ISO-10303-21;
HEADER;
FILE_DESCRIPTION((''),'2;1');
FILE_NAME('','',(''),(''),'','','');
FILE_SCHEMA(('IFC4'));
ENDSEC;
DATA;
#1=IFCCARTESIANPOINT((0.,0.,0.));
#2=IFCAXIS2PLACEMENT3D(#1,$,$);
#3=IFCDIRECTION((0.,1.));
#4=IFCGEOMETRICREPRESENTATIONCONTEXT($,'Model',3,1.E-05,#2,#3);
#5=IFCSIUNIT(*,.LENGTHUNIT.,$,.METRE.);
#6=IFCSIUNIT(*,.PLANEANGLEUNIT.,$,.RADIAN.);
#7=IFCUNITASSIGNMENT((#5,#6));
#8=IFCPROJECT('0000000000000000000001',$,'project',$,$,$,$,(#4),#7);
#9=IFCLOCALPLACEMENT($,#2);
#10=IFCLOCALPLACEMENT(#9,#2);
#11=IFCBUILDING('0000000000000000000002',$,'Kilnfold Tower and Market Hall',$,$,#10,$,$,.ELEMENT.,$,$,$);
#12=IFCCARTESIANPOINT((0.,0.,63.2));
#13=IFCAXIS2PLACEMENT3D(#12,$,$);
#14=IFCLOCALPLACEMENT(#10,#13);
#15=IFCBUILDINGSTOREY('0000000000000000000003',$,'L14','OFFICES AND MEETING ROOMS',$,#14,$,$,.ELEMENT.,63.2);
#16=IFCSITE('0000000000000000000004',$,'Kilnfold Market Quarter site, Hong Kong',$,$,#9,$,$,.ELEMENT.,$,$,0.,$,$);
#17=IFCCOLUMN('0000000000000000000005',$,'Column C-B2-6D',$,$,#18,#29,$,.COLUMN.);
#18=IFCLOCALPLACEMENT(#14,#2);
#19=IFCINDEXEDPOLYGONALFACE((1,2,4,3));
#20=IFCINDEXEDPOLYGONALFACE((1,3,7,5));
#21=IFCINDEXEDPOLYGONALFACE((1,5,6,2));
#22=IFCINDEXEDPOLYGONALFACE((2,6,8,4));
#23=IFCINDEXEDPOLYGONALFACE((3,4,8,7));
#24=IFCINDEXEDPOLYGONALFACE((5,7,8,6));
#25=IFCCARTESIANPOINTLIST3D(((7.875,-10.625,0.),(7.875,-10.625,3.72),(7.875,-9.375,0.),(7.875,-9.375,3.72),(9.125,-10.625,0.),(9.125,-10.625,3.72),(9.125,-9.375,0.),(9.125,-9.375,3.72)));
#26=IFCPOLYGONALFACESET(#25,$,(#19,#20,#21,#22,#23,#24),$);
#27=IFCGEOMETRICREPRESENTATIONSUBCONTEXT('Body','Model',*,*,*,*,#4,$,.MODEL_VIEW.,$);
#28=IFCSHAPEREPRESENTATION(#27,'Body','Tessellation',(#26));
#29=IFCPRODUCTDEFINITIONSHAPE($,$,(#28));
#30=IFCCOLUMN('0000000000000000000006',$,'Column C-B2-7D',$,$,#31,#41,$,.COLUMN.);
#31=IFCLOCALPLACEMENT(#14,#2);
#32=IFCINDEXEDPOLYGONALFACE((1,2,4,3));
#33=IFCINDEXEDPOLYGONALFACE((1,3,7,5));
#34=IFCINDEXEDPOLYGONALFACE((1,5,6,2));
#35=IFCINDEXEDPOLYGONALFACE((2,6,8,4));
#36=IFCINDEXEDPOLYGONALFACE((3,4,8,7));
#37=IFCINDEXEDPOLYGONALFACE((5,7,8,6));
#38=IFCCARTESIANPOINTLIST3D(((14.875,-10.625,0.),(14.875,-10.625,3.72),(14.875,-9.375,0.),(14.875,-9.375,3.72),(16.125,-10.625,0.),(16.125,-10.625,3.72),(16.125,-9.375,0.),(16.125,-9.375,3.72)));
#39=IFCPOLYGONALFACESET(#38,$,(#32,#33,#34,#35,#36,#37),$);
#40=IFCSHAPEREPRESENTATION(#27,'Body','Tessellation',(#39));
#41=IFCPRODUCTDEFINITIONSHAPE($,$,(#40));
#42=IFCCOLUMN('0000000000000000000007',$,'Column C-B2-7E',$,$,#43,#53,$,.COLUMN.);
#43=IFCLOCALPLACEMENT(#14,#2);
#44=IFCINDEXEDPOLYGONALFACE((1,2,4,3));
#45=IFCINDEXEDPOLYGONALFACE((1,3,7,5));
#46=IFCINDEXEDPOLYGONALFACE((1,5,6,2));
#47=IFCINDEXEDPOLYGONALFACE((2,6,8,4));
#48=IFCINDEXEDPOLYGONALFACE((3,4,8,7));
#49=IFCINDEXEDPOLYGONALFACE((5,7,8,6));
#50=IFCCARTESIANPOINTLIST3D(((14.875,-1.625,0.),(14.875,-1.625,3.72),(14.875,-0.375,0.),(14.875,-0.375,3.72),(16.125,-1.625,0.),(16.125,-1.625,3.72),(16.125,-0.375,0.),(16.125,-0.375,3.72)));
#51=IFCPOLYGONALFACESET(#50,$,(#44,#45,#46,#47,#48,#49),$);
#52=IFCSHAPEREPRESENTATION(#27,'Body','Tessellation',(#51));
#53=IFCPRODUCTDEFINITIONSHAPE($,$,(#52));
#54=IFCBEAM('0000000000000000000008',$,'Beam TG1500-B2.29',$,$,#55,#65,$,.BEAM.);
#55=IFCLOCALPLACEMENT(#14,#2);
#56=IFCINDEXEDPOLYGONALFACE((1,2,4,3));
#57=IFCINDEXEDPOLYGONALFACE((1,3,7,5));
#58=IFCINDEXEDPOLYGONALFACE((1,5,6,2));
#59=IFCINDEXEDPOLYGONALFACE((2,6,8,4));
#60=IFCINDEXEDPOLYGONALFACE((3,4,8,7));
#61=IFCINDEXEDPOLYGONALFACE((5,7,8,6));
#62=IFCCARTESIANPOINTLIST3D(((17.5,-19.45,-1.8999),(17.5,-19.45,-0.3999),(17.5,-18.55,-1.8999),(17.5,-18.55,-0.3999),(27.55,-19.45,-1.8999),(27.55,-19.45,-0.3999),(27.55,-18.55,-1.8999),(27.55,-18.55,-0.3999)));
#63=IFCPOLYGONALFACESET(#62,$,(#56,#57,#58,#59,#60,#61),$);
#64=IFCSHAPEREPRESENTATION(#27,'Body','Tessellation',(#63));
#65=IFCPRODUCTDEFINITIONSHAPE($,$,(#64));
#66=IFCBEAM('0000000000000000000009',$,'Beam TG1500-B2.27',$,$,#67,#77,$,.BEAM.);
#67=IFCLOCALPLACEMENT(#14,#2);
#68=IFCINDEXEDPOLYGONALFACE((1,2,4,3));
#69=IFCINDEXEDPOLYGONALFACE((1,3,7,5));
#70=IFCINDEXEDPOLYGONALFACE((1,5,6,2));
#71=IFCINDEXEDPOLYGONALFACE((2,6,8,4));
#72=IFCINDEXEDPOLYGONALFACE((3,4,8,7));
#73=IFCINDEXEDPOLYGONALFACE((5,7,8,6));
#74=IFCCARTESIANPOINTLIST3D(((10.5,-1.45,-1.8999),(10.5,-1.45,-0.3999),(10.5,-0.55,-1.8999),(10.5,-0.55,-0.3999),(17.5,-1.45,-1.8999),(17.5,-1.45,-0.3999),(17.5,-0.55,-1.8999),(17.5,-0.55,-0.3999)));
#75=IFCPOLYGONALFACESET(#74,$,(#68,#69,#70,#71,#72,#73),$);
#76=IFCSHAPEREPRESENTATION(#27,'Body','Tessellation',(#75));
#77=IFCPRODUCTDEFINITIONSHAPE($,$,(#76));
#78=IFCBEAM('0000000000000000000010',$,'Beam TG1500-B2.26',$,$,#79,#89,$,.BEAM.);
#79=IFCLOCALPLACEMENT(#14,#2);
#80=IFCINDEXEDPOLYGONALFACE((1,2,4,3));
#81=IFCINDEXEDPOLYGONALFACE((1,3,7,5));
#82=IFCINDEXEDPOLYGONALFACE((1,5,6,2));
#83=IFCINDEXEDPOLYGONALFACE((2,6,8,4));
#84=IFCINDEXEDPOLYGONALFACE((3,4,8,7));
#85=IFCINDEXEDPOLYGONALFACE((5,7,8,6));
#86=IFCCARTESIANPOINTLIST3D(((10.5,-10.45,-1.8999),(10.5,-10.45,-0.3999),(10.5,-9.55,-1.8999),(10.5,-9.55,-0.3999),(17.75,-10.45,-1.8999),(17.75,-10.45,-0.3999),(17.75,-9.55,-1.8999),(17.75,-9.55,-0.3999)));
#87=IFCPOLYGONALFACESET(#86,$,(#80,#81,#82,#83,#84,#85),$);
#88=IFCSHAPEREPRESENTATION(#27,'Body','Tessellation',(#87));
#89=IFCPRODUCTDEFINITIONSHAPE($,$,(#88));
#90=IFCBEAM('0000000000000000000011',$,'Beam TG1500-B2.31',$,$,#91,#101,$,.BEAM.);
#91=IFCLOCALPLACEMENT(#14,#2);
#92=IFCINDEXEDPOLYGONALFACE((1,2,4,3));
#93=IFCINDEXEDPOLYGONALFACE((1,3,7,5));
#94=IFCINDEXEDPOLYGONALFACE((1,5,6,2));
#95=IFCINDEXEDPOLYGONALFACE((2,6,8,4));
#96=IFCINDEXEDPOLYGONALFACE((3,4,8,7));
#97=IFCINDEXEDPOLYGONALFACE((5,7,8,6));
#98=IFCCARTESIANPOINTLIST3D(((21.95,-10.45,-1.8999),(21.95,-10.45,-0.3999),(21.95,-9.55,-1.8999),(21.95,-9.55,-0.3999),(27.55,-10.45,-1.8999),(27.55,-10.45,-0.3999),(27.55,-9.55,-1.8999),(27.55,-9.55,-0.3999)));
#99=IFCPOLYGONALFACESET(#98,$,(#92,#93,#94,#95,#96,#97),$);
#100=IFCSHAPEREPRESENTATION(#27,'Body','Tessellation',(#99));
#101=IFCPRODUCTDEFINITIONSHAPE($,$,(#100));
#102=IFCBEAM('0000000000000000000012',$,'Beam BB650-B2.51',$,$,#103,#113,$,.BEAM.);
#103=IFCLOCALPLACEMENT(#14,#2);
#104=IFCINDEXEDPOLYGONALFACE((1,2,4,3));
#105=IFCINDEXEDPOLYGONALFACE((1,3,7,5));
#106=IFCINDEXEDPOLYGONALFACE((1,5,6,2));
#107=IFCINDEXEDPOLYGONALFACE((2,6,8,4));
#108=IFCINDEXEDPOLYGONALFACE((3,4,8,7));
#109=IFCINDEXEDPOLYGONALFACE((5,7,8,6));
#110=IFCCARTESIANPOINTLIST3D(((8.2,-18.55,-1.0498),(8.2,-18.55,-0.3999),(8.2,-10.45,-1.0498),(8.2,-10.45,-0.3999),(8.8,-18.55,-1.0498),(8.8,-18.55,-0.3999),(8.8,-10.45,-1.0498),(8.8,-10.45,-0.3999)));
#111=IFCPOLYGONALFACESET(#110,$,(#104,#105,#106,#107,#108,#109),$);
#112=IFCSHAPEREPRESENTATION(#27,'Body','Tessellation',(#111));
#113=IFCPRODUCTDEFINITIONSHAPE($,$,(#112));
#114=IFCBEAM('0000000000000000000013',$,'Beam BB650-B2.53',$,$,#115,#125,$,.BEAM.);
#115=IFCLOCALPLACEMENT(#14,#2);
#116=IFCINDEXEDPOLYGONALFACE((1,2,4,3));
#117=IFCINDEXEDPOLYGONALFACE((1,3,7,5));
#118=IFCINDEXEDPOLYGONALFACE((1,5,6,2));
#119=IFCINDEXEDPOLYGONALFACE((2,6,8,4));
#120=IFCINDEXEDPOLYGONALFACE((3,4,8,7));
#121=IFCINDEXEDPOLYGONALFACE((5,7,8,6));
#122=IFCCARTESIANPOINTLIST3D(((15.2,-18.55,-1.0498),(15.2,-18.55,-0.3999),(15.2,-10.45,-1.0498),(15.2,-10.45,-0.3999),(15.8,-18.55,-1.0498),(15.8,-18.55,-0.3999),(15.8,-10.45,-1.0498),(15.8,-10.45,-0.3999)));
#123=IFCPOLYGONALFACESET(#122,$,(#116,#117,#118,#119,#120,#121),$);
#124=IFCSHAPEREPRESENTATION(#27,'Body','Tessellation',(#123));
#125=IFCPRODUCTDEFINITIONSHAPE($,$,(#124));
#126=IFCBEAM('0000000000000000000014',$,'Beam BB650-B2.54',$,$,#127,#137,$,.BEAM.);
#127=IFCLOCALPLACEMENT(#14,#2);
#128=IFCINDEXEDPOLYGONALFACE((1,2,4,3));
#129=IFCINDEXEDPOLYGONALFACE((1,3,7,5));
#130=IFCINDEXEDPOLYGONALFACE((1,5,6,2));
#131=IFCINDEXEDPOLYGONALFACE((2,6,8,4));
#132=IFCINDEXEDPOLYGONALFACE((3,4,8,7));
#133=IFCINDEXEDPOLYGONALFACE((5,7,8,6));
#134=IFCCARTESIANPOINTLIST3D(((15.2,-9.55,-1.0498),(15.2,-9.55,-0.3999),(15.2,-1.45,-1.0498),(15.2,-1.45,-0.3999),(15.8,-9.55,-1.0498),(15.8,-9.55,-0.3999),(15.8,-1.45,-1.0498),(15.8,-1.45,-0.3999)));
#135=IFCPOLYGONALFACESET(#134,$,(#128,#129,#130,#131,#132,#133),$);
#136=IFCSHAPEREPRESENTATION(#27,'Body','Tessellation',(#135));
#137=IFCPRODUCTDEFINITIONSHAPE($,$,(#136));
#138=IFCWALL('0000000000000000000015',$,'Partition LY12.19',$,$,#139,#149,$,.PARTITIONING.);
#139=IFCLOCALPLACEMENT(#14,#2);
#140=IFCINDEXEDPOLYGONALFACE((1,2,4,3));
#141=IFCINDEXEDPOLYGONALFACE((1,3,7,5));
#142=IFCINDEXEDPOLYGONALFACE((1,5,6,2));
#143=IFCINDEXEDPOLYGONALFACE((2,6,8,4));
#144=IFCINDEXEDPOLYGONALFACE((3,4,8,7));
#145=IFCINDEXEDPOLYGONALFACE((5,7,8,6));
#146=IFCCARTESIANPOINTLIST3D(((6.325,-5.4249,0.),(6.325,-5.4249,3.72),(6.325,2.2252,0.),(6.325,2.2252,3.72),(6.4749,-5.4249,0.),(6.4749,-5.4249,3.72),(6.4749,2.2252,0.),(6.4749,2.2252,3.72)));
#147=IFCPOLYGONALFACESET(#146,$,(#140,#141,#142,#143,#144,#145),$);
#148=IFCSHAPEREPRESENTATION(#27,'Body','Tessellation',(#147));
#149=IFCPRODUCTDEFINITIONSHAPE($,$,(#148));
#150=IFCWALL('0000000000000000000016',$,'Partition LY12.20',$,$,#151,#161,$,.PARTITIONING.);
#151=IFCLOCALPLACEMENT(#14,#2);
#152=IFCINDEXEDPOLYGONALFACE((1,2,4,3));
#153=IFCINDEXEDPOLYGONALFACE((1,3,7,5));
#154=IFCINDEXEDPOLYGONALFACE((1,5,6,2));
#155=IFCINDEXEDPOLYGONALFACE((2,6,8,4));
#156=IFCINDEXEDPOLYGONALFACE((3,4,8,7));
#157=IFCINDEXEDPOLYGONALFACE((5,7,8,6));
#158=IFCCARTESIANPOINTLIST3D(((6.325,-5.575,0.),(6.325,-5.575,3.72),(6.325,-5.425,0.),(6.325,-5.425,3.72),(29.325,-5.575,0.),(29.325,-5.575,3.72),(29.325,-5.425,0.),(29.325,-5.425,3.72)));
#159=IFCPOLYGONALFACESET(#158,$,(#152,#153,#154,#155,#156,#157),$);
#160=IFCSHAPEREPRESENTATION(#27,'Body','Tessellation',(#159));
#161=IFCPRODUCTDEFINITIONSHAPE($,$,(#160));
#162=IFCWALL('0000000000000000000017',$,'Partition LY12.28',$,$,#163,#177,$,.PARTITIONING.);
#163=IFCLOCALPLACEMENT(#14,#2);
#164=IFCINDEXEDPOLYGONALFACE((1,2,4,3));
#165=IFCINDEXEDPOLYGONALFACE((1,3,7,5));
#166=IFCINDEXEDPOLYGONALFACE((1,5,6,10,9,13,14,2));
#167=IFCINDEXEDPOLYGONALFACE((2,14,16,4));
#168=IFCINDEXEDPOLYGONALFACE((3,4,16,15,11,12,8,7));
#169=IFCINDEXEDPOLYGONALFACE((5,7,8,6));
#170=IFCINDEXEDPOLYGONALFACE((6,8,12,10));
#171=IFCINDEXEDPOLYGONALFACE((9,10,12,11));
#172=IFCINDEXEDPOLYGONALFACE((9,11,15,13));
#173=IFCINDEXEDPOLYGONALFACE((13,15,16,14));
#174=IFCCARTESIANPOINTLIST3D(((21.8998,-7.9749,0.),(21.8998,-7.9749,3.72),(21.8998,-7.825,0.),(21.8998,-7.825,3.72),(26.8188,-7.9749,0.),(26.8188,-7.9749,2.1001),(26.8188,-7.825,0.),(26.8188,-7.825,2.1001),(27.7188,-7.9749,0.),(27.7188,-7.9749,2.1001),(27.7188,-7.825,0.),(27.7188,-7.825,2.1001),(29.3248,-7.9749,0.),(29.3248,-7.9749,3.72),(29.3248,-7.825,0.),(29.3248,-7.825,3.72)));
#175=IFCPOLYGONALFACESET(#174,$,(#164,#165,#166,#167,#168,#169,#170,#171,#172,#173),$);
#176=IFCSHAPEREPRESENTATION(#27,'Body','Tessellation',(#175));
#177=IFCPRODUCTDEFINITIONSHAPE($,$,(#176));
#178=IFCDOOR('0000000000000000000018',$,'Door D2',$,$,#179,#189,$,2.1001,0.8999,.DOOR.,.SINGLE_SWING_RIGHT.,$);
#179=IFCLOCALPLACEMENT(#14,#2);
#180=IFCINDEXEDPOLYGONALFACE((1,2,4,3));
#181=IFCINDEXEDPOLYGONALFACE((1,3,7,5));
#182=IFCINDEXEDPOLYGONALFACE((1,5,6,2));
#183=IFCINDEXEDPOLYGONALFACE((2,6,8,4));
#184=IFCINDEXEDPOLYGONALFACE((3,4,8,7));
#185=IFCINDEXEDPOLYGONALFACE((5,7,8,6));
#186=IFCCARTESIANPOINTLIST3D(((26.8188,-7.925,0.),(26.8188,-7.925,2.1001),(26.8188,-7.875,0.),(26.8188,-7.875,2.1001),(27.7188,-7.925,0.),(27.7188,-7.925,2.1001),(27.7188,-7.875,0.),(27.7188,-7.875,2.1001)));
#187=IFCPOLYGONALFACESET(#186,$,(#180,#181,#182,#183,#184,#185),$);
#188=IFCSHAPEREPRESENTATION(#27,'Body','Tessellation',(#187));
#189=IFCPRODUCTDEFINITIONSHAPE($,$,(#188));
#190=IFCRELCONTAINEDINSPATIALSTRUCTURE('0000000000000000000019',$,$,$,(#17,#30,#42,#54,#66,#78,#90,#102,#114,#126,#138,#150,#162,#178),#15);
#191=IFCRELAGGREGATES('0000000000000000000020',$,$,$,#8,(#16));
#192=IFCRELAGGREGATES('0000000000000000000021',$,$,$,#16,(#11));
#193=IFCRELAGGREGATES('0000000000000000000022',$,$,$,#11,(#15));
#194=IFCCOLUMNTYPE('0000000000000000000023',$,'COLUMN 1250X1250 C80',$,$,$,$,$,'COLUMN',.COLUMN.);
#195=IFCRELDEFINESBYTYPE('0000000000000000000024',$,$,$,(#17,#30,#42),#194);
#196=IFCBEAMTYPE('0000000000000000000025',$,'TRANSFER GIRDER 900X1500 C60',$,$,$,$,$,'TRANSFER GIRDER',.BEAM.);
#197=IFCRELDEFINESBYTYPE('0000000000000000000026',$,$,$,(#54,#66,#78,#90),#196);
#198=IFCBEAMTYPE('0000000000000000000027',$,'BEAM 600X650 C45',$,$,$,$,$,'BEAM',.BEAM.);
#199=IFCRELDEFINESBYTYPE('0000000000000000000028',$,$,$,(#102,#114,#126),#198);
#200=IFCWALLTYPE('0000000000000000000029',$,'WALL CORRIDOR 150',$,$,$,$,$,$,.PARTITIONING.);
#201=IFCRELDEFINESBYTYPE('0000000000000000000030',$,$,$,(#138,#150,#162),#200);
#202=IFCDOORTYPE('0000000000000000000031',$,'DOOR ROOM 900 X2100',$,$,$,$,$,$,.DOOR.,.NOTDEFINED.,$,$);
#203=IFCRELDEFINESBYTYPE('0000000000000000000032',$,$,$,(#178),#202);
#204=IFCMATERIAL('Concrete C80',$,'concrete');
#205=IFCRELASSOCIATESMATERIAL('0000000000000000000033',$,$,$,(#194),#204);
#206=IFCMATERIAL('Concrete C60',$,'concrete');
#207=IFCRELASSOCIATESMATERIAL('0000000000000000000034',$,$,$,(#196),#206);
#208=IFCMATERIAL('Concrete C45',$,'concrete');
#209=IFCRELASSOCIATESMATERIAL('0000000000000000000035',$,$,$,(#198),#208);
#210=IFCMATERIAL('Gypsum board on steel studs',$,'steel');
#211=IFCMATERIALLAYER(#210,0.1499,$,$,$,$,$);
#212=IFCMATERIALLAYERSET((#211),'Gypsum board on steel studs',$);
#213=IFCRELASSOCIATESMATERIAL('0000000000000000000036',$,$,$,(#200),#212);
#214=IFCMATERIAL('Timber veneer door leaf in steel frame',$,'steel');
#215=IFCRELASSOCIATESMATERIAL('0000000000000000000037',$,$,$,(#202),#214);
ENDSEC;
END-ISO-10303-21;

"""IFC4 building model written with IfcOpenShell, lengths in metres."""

from ifc_helpers import new_model, si_unit, direction, frame, frame_2d, origin, origin_2d, place, context, subcontext, project, spatial, rectangle, extrude, source, transform, mapped, material, layer, layer_set, material_profile, profile_set, type_object, element, fill, save


model = new_model("IFC4")

# Units and contexts
model_context = context("Model", 3, precision=1e-05, world=origin(), true_north=direction((0.0, 1.0)))
body_context = subcontext(model_context, "Body", "Model", "MODEL_VIEW")
ifc_project = project(units=[si_unit("LENGTHUNIT", "METRE"), si_unit("PLANEANGLEUNIT", "RADIAN")], contexts=[model_context])

# Site, building, storey
site_placement = place(None, origin())
site = spatial("IfcSite", under=ifc_project, at=site_placement, Name="Kilnfold Market Quarter site, Hong Kong", CompositionType="ELEMENT", RefElevation=0.0)
building_placement = place(site_placement, origin())
building = spatial("IfcBuilding", under=site, at=building_placement, Name="Kilnfold Tower and Market Hall", CompositionType="ELEMENT")
storey_placement = place(building_placement, frame((0.0, 0.0, 63.2)))
storey = spatial("IfcBuildingStorey", under=building, at=storey_placement, Name="L14", Description="OFFICES AND MEETING ROOMS", CompositionType="ELEMENT", Elevation=63.2)

# Columns
ifc_material_1 = material(Name="Concrete C80", Category="concrete")
ifc_material_profile_1 = material_profile(ifc_material_1, rectangle(XDim=1.25, YDim=1.25, at=origin_2d()), Name="RC 1250x1250")
ifc_profile_set_1 = profile_set([ifc_material_profile_1], Name="Concrete C80")
column_type = type_object("IfcColumnType", Name="COLUMN 1250X1250 C80", ElementType="COLUMN", PredefinedType="COLUMN", material=ifc_profile_set_1)
shared_shape_1 = source(origin(), body_context, "Body", "SweptSolid", [
    extrude(rectangle(XDim=1.25, YDim=1.25, at=origin_2d()), origin(), (0.0, 0.0, 1.0), 3.72),
])
for number, where, z_axis, x_axis, name in (
    (1, (8.5, -10.0, 0.0), (0.0, 0.0, 1.0), (1.0, 0.0, 0.0), "Column C-B2-6D"),
    (2, (15.5, -10.0, 0.0), (0.0, 0.0, 1.0), (1.0, 0.0, 0.0), "Column C-B2-7D"),
    (3, (15.5, -1.0, 0.0), (0.0, 0.0, 1.0), (1.0, 0.0, 0.0), "Column C-B2-7E"),
):
    element("IfcColumn", number, at=place(storey_placement, frame(where, z_axis=z_axis, x_axis=x_axis)), inside=storey, type_object=column_type, Name=name, PredefinedType="COLUMN", context=body_context, shape_type="MappedRepresentation", body=[
        mapped(shared_shape_1, transform((0.0, 0.0, 0.0))),
    ])

# Beams
ifc_material_2 = material(Name="Concrete C60", Category="concrete")
ifc_material_profile_2 = material_profile(ifc_material_2, rectangle(XDim=0.8999, YDim=1.5, at=origin_2d()), Name="RC 900x1500")
ifc_profile_set_2 = profile_set([ifc_material_profile_2], Name="Concrete C60")
beam_type_1 = type_object("IfcBeamType", Name="TRANSFER GIRDER 900X1500 C60", ElementType="TRANSFER GIRDER", PredefinedType="BEAM", material=ifc_profile_set_2)
shared_shape_2 = source(origin(), body_context, "Body", "SweptSolid", [
    extrude(rectangle(XDim=0.8999, YDim=1.5, at=origin_2d()), origin(), (0.0, 0.0, 1.0), 10.05),
])
beam_1_placement = place(storey_placement, frame((17.5, -19.0, -1.1499), z_axis=(1.0, 0.0, 0.0), x_axis=(0.0, 1.0, 0.0)))
element("IfcBeam", 4, at=beam_1_placement, inside=storey, type_object=beam_type_1, Name="Beam TG1500-B2.29", PredefinedType="BEAM", context=body_context, shape_type="MappedRepresentation", body=[
    mapped(shared_shape_2, transform((0.0, 0.0, 0.0))),
])
shared_shape_3 = source(origin(), body_context, "Body", "SweptSolid", [
    extrude(rectangle(XDim=0.8999, YDim=1.5, at=origin_2d()), origin(), (0.0, 0.0, 1.0), 7.0),
])
beam_2_placement = place(storey_placement, frame((10.5, -1.0, -1.1499), z_axis=(1.0, 0.0, 0.0), x_axis=(0.0, 1.0, 0.0)))
element("IfcBeam", 5, at=beam_2_placement, inside=storey, type_object=beam_type_1, Name="Beam TG1500-B2.27", PredefinedType="BEAM", context=body_context, shape_type="MappedRepresentation", body=[
    mapped(shared_shape_3, transform((0.0, 0.0, 0.0))),
])
shared_shape_4 = source(origin(), body_context, "Body", "SweptSolid", [
    extrude(rectangle(XDim=0.8999, YDim=1.5, at=origin_2d()), origin(), (0.0, 0.0, 1.0), 7.25),
])
beam_3_placement = place(storey_placement, frame((10.5, -10.0, -1.1499), z_axis=(1.0, 0.0, 0.0), x_axis=(0.0, 1.0, 0.0)))
element("IfcBeam", 6, at=beam_3_placement, inside=storey, type_object=beam_type_1, Name="Beam TG1500-B2.26", PredefinedType="BEAM", context=body_context, shape_type="MappedRepresentation", body=[
    mapped(shared_shape_4, transform((0.0, 0.0, 0.0))),
])
shared_shape_5 = source(origin(), body_context, "Body", "SweptSolid", [
    extrude(rectangle(XDim=0.8999, YDim=1.5, at=origin_2d()), origin(), (0.0, 0.0, 1.0), 5.6001),
])
beam_4_placement = place(storey_placement, frame((21.95, -10.0, -1.1499), z_axis=(1.0, 0.0, 0.0), x_axis=(0.0, 1.0, 0.0)))
element("IfcBeam", 7, at=beam_4_placement, inside=storey, type_object=beam_type_1, Name="Beam TG1500-B2.31", PredefinedType="BEAM", context=body_context, shape_type="MappedRepresentation", body=[
    mapped(shared_shape_5, transform((0.0, 0.0, 0.0))),
])
ifc_material_3 = material(Name="Concrete C45", Category="concrete")
ifc_material_profile_3 = material_profile(ifc_material_3, rectangle(XDim=0.6001, YDim=0.6499, at=origin_2d()), Name="RC 600x650")
ifc_profile_set_3 = profile_set([ifc_material_profile_3], Name="Concrete C45")
beam_type_2 = type_object("IfcBeamType", Name="BEAM 600X650 C45", ElementType="BEAM", PredefinedType="BEAM", material=ifc_profile_set_3)
shared_shape_6 = source(origin(), body_context, "Body", "SweptSolid", [
    extrude(rectangle(XDim=0.6001, YDim=0.6499, at=origin_2d()), origin(), (0.0, 0.0, 1.0), 8.1001),
])
for number, where, z_axis, x_axis, name in (
    (8, (8.5, -18.55, -0.7249), (0.0, 1.0, 0.0), (-1.0, 0.0, 0.0), "Beam BB650-B2.51"),
    (9, (15.5, -18.55, -0.7249), (0.0, 1.0, 0.0), (-1.0, 0.0, 0.0), "Beam BB650-B2.53"),
    (10, (15.5, -9.55, -0.7249), (0.0, 1.0, 0.0), (-1.0, 0.0, 0.0), "Beam BB650-B2.54"),
):
    element("IfcBeam", number, at=place(storey_placement, frame(where, z_axis=z_axis, x_axis=x_axis)), inside=storey, type_object=beam_type_2, Name=name, PredefinedType="BEAM", context=body_context, shape_type="MappedRepresentation", body=[
        mapped(shared_shape_6, transform((0.0, 0.0, 0.0))),
    ])

# Walls
ifc_material_4 = material(Name="Gypsum board on steel studs", Category="steel")
ifc_layer_1 = layer(ifc_material_4, 0.1499)
ifc_layer_set_1 = layer_set([ifc_layer_1], Name="Gypsum board on steel studs")
wall_type_1 = type_object("IfcWallType", Name="WALL CORRIDOR 150", PredefinedType="PARTITIONING", material=ifc_layer_set_1)
wall_1_placement = place(storey_placement, frame((6.3999, -5.425, 0.0), z_axis=(0.0, 0.0, 1.0), x_axis=(0.0, 1.0, 0.0)))
element("IfcWall", 11, at=wall_1_placement, inside=storey, type_object=wall_type_1, Name="Partition LY12.19", PredefinedType="PARTITIONING", context=body_context, shape_type="SweptSolid", body=[
    extrude(rectangle(XDim=7.6501, YDim=0.1499, at=frame_2d((3.8252, 0.0))), origin(), (0.0, 0.0, 1.0), 3.72),
])
wall_2_placement = place(storey_placement, frame((6.325, -5.5, 0.0), z_axis=(0.0, 0.0, 1.0), x_axis=(1.0, 0.0, 0.0)))
element("IfcWall", 12, at=wall_2_placement, inside=storey, type_object=wall_type_1, Name="Partition LY12.20", PredefinedType="PARTITIONING", context=body_context, shape_type="SweptSolid", body=[
    extrude(rectangle(XDim=23.0, YDim=0.1499, at=frame_2d((11.5, 0.0))), origin(), (0.0, 0.0, 1.0), 3.72),
])

# Wall, opening, door
wall_3_placement = place(storey_placement, frame((21.8999, -7.8999, 0.0), z_axis=(0.0, 0.0, 1.0), x_axis=(1.0, 0.0, 0.0)))
wall_3 = element("IfcWall", 13, at=wall_3_placement, inside=storey, type_object=wall_type_1, Name="Partition LY12.28", PredefinedType="PARTITIONING", context=body_context, shape_type="SweptSolid", body=[
    extrude(rectangle(XDim=7.425, YDim=0.1499, at=frame_2d((3.7124, 0.0))), origin(), (0.0, 0.0, 1.0), 3.72),
])
opening_1_placement = place(wall_3_placement, frame((4.9189, 0.0, 0.0)))
opening_1 = element("IfcOpeningElement", 14, at=opening_1_placement, cuts=wall_3, PredefinedType="OPENING", context=body_context, shape_type="SweptSolid", body=[
    extrude(rectangle(XDim=0.8999, YDim=2.1001, at=frame_2d((0.45, 1.05))), frame((0.0, 0.085, 0.0), z_axis=(0.0, -1.0, 0.0), x_axis=(1.0, 0.0, 0.0)), (0.0, 0.0, 1.0), 0.1699),
])
ifc_material_5 = material(Name="Timber veneer door leaf in steel frame", Category="steel")
door_type_1 = type_object("IfcDoorType", Name="DOOR ROOM 900 X2100", OperationType="NOTDEFINED", PredefinedType="DOOR", material=ifc_material_5)
door_1_placement = place(opening_1_placement, origin())
door_1 = element("IfcDoor", 15, at=door_1_placement, inside=storey, type_object=door_type_1, Name="Door D2", OperationType="SINGLE_SWING_RIGHT", OverallHeight=2.1001, OverallWidth=0.8999, PredefinedType="DOOR", context=body_context, shape_type="SweptSolid", body=[
    extrude(rectangle(XDim=0.8999, YDim=2.1001, at=frame_2d((0.45, 1.05))), frame((0.0, 0.0249, 0.0), z_axis=(0.0, -1.0, 0.0), x_axis=(1.0, 0.0, 0.0)), (0.0, 0.0, 1.0), 0.05),
])
fill(opening_1, door_1)

save(model, "model.ifc")
